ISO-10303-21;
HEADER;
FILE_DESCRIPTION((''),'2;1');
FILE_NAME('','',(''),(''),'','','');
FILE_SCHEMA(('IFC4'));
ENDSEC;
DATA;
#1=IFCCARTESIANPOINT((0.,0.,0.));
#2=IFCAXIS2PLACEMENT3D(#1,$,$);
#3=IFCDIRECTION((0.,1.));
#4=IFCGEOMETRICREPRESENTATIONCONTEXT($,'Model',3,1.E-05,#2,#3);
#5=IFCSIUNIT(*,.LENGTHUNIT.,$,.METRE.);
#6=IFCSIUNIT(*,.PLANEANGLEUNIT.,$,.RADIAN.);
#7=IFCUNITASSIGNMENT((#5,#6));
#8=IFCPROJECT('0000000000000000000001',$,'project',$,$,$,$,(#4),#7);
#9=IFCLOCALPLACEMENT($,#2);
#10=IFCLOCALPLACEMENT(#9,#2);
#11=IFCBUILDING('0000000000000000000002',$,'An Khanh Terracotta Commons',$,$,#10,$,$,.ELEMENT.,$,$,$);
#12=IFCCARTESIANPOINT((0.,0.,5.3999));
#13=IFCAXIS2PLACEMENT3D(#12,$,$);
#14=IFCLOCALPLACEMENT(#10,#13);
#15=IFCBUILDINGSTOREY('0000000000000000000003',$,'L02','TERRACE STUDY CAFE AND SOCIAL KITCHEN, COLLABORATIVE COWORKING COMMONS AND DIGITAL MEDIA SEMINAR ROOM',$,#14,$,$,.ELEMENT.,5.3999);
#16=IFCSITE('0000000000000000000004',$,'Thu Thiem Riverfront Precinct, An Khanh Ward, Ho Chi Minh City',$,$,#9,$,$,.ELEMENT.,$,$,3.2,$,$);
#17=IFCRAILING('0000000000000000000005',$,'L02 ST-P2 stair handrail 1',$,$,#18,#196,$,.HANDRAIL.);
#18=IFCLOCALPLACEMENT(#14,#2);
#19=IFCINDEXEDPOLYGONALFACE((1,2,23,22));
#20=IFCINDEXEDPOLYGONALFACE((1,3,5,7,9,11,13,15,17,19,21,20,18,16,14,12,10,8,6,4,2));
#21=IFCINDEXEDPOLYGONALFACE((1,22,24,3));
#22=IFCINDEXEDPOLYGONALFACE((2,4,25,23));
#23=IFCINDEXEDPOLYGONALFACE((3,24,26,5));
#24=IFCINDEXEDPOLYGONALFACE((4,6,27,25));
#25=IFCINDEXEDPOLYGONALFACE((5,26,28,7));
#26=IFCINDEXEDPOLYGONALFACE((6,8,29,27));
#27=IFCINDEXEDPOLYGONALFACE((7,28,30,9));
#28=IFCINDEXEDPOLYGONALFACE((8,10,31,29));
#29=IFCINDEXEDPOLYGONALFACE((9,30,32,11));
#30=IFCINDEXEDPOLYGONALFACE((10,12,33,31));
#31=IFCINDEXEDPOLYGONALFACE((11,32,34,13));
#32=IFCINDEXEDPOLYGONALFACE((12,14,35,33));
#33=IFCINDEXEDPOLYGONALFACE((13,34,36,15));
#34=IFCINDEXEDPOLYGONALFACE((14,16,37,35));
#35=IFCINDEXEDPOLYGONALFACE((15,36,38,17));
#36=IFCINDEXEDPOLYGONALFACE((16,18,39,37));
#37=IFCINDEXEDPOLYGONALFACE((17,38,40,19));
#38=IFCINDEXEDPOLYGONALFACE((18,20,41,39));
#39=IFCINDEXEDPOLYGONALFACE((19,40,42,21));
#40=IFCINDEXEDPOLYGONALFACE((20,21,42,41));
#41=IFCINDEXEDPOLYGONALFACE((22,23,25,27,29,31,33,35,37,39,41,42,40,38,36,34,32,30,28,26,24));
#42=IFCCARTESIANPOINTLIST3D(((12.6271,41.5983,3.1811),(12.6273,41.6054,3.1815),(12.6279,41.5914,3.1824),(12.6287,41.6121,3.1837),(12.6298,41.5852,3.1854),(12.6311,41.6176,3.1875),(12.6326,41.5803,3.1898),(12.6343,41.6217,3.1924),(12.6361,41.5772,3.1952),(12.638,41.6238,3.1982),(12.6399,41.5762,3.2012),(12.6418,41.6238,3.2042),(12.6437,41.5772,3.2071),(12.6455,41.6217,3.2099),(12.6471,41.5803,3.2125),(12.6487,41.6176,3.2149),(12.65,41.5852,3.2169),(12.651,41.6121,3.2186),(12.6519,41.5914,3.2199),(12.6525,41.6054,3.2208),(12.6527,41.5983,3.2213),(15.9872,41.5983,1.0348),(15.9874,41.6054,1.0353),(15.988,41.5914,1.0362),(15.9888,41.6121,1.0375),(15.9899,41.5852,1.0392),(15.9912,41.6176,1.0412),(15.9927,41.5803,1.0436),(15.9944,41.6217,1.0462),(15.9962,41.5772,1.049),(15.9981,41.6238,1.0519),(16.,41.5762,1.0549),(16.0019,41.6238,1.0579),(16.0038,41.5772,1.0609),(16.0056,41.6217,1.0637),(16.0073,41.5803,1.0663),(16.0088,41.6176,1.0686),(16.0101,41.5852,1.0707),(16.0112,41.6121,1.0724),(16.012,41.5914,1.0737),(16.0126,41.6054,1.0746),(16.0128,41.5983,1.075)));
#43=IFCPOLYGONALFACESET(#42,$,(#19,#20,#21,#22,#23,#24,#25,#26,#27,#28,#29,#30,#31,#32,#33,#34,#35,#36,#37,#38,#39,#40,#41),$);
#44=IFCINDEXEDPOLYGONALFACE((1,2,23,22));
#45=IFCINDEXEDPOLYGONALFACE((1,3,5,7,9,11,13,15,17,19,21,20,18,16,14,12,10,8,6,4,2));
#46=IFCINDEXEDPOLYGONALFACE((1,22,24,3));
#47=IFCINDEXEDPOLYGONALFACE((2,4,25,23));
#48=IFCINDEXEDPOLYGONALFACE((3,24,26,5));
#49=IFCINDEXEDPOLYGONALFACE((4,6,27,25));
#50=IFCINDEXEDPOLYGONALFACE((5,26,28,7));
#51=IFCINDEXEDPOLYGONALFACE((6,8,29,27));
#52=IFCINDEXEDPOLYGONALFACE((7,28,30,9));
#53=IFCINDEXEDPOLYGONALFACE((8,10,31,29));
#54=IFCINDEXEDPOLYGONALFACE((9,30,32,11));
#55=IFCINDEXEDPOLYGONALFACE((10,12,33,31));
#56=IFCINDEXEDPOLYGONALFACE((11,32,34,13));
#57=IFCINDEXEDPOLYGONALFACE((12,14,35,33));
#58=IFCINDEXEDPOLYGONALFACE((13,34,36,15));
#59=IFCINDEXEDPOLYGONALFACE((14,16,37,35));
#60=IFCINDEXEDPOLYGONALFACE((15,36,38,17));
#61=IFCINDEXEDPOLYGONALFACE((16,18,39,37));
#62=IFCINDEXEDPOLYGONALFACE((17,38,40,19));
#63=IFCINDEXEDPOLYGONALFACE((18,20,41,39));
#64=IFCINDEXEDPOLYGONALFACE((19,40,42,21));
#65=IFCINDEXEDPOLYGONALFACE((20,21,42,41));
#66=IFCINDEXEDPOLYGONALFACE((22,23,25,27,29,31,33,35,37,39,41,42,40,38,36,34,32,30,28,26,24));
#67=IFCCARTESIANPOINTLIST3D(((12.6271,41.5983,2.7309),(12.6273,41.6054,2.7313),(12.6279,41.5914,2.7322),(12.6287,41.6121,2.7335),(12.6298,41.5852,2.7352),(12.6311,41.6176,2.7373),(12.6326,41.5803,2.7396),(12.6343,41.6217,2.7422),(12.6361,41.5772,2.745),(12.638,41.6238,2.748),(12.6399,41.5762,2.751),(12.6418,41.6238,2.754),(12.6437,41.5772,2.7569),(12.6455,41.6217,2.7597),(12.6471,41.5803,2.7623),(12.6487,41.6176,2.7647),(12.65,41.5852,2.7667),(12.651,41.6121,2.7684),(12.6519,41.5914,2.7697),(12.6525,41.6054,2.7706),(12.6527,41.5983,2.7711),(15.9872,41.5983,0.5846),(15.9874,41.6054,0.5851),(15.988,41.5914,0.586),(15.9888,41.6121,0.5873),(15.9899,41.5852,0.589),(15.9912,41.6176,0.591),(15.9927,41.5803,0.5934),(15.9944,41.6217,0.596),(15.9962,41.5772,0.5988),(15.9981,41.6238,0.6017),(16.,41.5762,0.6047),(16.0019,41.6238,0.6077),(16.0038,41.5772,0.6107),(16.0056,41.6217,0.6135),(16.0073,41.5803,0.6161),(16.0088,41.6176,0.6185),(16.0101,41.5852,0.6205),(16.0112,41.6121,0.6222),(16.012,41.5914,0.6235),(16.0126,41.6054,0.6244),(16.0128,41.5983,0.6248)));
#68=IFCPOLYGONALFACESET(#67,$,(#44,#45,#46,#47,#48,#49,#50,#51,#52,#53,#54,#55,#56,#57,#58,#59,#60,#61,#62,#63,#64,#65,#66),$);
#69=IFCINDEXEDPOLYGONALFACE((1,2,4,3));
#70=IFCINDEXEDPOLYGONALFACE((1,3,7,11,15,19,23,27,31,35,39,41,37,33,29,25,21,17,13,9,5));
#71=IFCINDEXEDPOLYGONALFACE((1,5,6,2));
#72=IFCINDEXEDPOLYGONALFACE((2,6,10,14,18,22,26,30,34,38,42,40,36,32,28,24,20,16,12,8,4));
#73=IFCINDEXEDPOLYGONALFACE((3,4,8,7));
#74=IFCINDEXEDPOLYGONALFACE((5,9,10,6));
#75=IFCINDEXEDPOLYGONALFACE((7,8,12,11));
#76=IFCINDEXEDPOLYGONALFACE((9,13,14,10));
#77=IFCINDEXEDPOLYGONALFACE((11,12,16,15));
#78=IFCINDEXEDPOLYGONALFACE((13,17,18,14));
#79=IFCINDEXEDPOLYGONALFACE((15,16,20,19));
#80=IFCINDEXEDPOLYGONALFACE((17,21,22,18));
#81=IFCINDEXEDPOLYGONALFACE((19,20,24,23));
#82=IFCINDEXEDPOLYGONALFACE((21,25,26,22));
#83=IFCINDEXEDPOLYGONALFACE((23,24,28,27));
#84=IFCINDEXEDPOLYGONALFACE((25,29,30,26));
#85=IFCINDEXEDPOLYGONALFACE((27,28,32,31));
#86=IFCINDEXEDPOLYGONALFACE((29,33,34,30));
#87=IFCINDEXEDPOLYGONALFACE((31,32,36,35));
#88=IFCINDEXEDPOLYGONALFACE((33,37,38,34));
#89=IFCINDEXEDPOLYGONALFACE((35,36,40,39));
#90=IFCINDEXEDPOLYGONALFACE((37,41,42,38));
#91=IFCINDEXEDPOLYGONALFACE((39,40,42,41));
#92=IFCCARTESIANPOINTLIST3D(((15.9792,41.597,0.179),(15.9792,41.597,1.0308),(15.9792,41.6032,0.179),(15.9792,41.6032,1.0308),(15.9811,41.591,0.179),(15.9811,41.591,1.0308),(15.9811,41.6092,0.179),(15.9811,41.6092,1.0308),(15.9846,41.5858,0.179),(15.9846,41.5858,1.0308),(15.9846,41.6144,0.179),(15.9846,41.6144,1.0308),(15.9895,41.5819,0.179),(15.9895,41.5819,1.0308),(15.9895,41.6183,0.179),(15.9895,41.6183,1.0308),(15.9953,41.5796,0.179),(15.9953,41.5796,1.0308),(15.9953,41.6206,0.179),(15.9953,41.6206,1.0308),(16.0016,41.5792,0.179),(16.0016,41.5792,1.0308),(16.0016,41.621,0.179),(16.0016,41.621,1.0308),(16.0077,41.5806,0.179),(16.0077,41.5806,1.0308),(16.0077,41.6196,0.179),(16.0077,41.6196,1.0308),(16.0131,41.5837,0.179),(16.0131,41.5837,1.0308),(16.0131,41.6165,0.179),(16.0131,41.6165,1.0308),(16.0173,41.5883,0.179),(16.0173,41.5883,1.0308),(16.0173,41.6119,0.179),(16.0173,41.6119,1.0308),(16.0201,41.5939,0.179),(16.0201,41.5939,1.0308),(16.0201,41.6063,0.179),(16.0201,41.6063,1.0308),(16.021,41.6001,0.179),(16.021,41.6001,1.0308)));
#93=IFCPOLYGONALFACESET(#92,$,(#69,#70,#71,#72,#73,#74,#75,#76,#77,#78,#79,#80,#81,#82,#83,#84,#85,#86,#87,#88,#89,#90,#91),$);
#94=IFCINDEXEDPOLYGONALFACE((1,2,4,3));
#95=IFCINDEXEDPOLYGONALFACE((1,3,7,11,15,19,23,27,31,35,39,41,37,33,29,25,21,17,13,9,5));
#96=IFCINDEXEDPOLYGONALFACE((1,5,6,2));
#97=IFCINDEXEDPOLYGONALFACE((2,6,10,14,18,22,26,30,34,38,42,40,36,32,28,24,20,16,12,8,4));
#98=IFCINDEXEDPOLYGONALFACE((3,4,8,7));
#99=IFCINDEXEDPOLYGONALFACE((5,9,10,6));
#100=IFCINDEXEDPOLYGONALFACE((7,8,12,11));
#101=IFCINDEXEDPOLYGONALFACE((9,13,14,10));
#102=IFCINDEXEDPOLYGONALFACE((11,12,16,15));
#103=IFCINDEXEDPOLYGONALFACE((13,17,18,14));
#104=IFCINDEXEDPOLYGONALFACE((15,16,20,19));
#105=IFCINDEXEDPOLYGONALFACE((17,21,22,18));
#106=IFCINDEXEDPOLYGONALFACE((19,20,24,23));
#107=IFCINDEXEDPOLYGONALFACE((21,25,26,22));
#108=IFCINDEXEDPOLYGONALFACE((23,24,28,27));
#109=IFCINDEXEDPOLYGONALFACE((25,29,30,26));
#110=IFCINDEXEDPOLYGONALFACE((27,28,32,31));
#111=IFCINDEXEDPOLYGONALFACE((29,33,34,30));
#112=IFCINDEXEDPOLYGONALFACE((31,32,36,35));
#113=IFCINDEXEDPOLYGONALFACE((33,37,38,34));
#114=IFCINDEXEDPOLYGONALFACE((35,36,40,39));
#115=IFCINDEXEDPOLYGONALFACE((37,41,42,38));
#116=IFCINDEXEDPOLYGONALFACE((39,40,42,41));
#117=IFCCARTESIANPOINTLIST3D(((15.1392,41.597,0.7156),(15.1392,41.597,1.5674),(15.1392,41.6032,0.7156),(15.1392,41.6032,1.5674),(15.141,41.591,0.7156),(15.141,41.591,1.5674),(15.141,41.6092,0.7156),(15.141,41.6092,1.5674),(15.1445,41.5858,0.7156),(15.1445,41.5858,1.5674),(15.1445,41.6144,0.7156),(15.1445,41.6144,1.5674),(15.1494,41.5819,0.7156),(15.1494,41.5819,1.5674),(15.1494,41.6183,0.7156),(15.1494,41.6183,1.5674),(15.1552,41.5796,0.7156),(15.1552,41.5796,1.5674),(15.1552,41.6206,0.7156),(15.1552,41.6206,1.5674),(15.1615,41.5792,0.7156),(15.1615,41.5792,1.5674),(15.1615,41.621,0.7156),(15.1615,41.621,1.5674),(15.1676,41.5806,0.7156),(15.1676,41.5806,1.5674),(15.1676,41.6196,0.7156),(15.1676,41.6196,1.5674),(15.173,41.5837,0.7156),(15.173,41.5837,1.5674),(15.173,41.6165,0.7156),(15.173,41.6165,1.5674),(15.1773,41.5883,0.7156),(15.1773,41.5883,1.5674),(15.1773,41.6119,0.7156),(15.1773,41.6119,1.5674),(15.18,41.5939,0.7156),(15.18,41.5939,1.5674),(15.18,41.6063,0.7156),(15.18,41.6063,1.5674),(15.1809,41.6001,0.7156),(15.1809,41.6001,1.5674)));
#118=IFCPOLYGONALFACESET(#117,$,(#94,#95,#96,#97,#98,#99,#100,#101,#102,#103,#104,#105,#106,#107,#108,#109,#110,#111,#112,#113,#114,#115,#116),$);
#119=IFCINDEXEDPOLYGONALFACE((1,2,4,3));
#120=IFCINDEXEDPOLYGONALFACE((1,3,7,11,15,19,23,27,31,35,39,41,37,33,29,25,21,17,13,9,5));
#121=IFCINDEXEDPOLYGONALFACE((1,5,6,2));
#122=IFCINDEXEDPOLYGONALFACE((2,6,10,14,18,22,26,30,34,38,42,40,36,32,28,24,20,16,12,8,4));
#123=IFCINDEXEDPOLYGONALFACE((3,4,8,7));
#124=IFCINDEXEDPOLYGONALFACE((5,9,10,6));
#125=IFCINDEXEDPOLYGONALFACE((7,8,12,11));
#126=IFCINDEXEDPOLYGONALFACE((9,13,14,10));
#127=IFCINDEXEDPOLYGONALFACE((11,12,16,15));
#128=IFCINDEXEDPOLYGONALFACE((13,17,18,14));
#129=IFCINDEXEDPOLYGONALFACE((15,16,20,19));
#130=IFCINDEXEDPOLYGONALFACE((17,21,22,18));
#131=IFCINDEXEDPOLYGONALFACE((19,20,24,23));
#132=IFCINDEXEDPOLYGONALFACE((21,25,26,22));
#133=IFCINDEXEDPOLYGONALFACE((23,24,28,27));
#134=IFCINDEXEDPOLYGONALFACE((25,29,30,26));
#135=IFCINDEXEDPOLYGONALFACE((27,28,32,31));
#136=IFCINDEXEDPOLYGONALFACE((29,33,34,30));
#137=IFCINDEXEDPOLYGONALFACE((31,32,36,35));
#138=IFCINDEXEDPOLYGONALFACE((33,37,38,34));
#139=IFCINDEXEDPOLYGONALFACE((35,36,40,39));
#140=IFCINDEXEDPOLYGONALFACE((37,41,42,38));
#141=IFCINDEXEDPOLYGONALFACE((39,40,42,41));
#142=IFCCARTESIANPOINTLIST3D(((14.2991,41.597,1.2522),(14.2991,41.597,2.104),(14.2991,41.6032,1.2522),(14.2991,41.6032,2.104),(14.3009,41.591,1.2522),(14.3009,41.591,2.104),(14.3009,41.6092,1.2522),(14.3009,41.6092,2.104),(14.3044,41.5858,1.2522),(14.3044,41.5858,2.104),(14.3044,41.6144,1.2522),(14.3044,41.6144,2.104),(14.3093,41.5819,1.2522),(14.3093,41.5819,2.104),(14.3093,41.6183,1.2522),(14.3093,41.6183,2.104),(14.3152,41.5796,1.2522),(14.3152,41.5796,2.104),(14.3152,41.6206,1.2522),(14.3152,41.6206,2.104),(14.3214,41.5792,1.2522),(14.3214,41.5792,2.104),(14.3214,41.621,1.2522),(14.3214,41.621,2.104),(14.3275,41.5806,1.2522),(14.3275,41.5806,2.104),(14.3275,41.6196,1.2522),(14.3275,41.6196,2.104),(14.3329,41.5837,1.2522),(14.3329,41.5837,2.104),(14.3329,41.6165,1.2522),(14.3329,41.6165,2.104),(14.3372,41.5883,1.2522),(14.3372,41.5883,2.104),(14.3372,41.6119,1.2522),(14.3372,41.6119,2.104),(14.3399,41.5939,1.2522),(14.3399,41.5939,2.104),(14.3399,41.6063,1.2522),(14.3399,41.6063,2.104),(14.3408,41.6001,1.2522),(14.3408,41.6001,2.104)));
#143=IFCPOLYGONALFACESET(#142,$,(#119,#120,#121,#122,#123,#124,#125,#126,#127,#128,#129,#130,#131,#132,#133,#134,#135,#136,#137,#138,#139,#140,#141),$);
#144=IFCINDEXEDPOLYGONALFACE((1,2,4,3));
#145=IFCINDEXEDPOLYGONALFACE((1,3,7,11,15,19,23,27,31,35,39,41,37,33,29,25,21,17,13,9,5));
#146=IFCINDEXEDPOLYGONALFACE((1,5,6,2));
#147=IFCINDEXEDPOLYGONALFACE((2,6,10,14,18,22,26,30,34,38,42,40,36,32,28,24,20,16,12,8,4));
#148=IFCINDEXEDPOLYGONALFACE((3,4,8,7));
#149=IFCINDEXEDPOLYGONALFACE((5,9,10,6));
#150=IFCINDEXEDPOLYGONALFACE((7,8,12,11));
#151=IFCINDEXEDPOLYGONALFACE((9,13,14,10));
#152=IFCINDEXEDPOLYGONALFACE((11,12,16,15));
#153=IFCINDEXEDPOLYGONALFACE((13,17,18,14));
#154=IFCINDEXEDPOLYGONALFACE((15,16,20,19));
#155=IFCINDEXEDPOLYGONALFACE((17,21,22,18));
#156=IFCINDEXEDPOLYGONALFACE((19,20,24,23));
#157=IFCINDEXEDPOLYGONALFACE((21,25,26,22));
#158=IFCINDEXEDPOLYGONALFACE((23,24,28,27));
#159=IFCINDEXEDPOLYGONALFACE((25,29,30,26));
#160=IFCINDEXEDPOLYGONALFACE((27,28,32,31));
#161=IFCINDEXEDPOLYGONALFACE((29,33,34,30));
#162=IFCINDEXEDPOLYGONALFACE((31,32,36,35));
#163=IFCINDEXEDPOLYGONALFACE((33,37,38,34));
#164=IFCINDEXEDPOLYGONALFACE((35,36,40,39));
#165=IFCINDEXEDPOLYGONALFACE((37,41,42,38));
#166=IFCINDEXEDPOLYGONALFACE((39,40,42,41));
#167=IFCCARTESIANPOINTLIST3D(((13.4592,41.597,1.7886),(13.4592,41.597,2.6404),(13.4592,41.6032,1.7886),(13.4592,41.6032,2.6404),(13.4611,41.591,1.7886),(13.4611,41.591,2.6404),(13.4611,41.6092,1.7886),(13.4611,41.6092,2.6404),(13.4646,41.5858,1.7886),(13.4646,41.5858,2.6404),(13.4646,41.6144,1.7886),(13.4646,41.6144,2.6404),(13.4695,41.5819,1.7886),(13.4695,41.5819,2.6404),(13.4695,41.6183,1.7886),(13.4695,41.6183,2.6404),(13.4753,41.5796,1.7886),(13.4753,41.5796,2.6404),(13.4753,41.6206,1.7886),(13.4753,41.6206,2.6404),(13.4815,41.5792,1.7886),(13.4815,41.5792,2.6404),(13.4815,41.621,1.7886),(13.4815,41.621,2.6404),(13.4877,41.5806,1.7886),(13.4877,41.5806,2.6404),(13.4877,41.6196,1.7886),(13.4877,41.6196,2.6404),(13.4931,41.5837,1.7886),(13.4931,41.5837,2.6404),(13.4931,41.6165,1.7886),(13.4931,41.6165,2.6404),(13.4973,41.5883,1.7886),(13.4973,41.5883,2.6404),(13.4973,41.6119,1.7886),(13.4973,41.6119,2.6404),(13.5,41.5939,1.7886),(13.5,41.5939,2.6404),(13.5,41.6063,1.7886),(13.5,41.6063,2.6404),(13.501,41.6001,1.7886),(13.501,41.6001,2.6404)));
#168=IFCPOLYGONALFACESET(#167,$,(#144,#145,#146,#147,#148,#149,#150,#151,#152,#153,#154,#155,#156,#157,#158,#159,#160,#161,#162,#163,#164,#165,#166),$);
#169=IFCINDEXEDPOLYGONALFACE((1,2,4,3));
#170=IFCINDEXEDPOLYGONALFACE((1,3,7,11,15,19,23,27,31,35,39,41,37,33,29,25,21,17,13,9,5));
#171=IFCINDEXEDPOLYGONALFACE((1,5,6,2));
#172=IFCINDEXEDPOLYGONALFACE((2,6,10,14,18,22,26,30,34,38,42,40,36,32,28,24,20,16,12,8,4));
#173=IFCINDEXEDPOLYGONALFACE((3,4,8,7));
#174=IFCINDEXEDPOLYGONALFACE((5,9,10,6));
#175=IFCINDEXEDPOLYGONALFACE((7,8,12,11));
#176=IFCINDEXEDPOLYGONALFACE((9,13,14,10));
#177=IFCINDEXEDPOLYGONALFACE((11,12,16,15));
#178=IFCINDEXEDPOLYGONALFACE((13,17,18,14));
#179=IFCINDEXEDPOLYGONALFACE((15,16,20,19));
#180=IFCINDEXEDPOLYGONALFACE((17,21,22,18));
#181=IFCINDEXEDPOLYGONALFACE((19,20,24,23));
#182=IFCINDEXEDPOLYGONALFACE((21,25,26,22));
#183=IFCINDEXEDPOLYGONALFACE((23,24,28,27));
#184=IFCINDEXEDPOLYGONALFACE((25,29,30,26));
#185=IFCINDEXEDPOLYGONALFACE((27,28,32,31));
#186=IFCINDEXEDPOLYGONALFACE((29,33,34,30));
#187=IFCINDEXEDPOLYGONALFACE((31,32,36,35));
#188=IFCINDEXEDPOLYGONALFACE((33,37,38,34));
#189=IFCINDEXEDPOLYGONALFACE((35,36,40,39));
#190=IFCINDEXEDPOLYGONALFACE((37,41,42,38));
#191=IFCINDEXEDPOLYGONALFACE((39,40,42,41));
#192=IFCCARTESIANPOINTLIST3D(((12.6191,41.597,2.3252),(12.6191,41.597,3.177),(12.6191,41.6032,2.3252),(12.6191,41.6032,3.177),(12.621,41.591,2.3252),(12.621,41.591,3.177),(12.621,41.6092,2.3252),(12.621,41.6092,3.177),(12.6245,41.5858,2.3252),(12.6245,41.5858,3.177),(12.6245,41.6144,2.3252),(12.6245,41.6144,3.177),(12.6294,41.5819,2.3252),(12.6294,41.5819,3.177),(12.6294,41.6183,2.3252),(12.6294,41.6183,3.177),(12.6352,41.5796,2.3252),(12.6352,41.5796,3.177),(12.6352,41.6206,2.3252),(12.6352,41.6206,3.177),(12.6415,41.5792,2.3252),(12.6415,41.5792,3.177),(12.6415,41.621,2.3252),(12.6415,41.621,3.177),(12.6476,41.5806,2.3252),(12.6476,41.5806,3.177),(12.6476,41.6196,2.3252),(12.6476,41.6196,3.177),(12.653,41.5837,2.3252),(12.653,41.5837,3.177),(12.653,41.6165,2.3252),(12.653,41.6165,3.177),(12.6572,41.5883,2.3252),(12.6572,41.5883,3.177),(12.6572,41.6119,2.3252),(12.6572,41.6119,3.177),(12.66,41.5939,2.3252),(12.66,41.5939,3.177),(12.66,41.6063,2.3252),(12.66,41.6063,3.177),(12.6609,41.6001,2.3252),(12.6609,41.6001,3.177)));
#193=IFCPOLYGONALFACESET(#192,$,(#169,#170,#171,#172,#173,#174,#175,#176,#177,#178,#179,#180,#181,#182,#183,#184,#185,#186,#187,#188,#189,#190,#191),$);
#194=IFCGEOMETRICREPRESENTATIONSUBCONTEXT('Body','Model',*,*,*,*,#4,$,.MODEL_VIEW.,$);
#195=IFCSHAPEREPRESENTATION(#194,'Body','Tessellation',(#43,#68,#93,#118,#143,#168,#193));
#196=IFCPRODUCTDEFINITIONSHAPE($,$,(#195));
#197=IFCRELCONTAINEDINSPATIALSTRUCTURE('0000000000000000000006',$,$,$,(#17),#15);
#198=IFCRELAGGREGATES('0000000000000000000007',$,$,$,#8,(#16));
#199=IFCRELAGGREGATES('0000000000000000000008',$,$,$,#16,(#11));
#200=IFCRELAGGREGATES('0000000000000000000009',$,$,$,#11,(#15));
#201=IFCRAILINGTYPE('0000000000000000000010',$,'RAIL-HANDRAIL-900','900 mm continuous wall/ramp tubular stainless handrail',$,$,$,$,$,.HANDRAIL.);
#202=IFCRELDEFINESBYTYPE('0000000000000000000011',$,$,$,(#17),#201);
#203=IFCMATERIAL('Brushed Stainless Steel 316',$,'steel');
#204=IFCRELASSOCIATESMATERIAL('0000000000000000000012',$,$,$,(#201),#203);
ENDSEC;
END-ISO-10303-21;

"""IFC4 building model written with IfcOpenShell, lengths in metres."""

from ifc_helpers import new_model, si_unit, direction, frame, origin, origin_2d, place, context, subcontext, project, spatial, circle, extrude, material, type_object, element, save


model = new_model("IFC4")

# Units and contexts
model_context = context("Model", 3, precision=1e-05, world=origin(), true_north=direction((0.0, 1.0)))
body_context = subcontext(model_context, "Body", "Model", "MODEL_VIEW")
ifc_project = project(units=[si_unit("LENGTHUNIT", "METRE"), si_unit("PLANEANGLEUNIT", "RADIAN")], contexts=[model_context])

# Site, building, storey
site_placement = place(None, origin())
site = spatial("IfcSite", under=ifc_project, at=site_placement, Name="Thu Thiem Riverfront Precinct, An Khanh Ward, Ho Chi Minh City", CompositionType="ELEMENT", RefElevation=3.2)
building_placement = place(site_placement, origin())
building = spatial("IfcBuilding", under=site, at=building_placement, Name="An Khanh Terracotta Commons", CompositionType="ELEMENT")
storey_placement = place(building_placement, frame((0.0, 0.0, 5.3999)))
storey = spatial("IfcBuildingStorey", under=building, at=storey_placement, Name="L02", Description="TERRACE STUDY CAFE AND SOCIAL KITCHEN, COLLABORATIVE COWORKING COMMONS AND DIGITAL MEDIA SEMINAR ROOM", CompositionType="ELEMENT", Elevation=5.3999)

# Railing
ifc_material_1 = material(Name="Brushed Stainless Steel 316", Category="steel")
railing_type_1 = type_object("IfcRailingType", Name="RAIL-HANDRAIL-900", Description="900 mm continuous wall/ramp tubular stainless handrail", PredefinedType="HANDRAIL", material=ifc_material_1)
railing_1_placement = place(storey_placement, frame((16.0, 41.6001, 0.179)))
element("IfcRailing", 1, at=railing_1_placement, inside=storey, type_object=railing_type_1, Name="L02 ST-P2 stair handrail 1", PredefinedType="HANDRAIL", context=body_context, shape_type="SweptSolid", body=[
    extrude(circle(Radius=0.0239, at=origin_2d()), frame((0.0, 0.0, 0.876), z_axis=(-0.842753, 0.0, 0.538301), x_axis=(0.0, -1.0, 0.0)), (0.0, 0.0, 1.0), 3.9871),
    extrude(circle(Radius=0.0239, at=origin_2d()), frame((0.0, 0.0, 0.4258), z_axis=(-0.842753, 0.0, 0.538301), x_axis=(0.0, -1.0, 0.0)), (0.0, 0.0, 1.0), 3.9871),
    extrude(circle(Radius=0.021, at=origin_2d()), origin(), (0.0, 0.0, 1.0), 0.8518),
    extrude(circle(Radius=0.021, at=origin_2d()), frame((-0.8401, 0.0, 0.5366)), (0.0, 0.0, 1.0), 0.8518),
    extrude(circle(Radius=0.021, at=origin_2d()), frame((-1.6802, 0.0, 1.0732)), (0.0, 0.0, 1.0), 0.8518),
    extrude(circle(Radius=0.021, at=origin_2d()), frame((-2.52, 0.0, 1.6096)), (0.0, 0.0, 1.0), 0.8518),
    extrude(circle(Radius=0.021, at=origin_2d()), frame((-3.3601, 0.0, 2.1462)), (0.0, 0.0, 1.0), 0.8518),
])

save(model, "model.ifc")
